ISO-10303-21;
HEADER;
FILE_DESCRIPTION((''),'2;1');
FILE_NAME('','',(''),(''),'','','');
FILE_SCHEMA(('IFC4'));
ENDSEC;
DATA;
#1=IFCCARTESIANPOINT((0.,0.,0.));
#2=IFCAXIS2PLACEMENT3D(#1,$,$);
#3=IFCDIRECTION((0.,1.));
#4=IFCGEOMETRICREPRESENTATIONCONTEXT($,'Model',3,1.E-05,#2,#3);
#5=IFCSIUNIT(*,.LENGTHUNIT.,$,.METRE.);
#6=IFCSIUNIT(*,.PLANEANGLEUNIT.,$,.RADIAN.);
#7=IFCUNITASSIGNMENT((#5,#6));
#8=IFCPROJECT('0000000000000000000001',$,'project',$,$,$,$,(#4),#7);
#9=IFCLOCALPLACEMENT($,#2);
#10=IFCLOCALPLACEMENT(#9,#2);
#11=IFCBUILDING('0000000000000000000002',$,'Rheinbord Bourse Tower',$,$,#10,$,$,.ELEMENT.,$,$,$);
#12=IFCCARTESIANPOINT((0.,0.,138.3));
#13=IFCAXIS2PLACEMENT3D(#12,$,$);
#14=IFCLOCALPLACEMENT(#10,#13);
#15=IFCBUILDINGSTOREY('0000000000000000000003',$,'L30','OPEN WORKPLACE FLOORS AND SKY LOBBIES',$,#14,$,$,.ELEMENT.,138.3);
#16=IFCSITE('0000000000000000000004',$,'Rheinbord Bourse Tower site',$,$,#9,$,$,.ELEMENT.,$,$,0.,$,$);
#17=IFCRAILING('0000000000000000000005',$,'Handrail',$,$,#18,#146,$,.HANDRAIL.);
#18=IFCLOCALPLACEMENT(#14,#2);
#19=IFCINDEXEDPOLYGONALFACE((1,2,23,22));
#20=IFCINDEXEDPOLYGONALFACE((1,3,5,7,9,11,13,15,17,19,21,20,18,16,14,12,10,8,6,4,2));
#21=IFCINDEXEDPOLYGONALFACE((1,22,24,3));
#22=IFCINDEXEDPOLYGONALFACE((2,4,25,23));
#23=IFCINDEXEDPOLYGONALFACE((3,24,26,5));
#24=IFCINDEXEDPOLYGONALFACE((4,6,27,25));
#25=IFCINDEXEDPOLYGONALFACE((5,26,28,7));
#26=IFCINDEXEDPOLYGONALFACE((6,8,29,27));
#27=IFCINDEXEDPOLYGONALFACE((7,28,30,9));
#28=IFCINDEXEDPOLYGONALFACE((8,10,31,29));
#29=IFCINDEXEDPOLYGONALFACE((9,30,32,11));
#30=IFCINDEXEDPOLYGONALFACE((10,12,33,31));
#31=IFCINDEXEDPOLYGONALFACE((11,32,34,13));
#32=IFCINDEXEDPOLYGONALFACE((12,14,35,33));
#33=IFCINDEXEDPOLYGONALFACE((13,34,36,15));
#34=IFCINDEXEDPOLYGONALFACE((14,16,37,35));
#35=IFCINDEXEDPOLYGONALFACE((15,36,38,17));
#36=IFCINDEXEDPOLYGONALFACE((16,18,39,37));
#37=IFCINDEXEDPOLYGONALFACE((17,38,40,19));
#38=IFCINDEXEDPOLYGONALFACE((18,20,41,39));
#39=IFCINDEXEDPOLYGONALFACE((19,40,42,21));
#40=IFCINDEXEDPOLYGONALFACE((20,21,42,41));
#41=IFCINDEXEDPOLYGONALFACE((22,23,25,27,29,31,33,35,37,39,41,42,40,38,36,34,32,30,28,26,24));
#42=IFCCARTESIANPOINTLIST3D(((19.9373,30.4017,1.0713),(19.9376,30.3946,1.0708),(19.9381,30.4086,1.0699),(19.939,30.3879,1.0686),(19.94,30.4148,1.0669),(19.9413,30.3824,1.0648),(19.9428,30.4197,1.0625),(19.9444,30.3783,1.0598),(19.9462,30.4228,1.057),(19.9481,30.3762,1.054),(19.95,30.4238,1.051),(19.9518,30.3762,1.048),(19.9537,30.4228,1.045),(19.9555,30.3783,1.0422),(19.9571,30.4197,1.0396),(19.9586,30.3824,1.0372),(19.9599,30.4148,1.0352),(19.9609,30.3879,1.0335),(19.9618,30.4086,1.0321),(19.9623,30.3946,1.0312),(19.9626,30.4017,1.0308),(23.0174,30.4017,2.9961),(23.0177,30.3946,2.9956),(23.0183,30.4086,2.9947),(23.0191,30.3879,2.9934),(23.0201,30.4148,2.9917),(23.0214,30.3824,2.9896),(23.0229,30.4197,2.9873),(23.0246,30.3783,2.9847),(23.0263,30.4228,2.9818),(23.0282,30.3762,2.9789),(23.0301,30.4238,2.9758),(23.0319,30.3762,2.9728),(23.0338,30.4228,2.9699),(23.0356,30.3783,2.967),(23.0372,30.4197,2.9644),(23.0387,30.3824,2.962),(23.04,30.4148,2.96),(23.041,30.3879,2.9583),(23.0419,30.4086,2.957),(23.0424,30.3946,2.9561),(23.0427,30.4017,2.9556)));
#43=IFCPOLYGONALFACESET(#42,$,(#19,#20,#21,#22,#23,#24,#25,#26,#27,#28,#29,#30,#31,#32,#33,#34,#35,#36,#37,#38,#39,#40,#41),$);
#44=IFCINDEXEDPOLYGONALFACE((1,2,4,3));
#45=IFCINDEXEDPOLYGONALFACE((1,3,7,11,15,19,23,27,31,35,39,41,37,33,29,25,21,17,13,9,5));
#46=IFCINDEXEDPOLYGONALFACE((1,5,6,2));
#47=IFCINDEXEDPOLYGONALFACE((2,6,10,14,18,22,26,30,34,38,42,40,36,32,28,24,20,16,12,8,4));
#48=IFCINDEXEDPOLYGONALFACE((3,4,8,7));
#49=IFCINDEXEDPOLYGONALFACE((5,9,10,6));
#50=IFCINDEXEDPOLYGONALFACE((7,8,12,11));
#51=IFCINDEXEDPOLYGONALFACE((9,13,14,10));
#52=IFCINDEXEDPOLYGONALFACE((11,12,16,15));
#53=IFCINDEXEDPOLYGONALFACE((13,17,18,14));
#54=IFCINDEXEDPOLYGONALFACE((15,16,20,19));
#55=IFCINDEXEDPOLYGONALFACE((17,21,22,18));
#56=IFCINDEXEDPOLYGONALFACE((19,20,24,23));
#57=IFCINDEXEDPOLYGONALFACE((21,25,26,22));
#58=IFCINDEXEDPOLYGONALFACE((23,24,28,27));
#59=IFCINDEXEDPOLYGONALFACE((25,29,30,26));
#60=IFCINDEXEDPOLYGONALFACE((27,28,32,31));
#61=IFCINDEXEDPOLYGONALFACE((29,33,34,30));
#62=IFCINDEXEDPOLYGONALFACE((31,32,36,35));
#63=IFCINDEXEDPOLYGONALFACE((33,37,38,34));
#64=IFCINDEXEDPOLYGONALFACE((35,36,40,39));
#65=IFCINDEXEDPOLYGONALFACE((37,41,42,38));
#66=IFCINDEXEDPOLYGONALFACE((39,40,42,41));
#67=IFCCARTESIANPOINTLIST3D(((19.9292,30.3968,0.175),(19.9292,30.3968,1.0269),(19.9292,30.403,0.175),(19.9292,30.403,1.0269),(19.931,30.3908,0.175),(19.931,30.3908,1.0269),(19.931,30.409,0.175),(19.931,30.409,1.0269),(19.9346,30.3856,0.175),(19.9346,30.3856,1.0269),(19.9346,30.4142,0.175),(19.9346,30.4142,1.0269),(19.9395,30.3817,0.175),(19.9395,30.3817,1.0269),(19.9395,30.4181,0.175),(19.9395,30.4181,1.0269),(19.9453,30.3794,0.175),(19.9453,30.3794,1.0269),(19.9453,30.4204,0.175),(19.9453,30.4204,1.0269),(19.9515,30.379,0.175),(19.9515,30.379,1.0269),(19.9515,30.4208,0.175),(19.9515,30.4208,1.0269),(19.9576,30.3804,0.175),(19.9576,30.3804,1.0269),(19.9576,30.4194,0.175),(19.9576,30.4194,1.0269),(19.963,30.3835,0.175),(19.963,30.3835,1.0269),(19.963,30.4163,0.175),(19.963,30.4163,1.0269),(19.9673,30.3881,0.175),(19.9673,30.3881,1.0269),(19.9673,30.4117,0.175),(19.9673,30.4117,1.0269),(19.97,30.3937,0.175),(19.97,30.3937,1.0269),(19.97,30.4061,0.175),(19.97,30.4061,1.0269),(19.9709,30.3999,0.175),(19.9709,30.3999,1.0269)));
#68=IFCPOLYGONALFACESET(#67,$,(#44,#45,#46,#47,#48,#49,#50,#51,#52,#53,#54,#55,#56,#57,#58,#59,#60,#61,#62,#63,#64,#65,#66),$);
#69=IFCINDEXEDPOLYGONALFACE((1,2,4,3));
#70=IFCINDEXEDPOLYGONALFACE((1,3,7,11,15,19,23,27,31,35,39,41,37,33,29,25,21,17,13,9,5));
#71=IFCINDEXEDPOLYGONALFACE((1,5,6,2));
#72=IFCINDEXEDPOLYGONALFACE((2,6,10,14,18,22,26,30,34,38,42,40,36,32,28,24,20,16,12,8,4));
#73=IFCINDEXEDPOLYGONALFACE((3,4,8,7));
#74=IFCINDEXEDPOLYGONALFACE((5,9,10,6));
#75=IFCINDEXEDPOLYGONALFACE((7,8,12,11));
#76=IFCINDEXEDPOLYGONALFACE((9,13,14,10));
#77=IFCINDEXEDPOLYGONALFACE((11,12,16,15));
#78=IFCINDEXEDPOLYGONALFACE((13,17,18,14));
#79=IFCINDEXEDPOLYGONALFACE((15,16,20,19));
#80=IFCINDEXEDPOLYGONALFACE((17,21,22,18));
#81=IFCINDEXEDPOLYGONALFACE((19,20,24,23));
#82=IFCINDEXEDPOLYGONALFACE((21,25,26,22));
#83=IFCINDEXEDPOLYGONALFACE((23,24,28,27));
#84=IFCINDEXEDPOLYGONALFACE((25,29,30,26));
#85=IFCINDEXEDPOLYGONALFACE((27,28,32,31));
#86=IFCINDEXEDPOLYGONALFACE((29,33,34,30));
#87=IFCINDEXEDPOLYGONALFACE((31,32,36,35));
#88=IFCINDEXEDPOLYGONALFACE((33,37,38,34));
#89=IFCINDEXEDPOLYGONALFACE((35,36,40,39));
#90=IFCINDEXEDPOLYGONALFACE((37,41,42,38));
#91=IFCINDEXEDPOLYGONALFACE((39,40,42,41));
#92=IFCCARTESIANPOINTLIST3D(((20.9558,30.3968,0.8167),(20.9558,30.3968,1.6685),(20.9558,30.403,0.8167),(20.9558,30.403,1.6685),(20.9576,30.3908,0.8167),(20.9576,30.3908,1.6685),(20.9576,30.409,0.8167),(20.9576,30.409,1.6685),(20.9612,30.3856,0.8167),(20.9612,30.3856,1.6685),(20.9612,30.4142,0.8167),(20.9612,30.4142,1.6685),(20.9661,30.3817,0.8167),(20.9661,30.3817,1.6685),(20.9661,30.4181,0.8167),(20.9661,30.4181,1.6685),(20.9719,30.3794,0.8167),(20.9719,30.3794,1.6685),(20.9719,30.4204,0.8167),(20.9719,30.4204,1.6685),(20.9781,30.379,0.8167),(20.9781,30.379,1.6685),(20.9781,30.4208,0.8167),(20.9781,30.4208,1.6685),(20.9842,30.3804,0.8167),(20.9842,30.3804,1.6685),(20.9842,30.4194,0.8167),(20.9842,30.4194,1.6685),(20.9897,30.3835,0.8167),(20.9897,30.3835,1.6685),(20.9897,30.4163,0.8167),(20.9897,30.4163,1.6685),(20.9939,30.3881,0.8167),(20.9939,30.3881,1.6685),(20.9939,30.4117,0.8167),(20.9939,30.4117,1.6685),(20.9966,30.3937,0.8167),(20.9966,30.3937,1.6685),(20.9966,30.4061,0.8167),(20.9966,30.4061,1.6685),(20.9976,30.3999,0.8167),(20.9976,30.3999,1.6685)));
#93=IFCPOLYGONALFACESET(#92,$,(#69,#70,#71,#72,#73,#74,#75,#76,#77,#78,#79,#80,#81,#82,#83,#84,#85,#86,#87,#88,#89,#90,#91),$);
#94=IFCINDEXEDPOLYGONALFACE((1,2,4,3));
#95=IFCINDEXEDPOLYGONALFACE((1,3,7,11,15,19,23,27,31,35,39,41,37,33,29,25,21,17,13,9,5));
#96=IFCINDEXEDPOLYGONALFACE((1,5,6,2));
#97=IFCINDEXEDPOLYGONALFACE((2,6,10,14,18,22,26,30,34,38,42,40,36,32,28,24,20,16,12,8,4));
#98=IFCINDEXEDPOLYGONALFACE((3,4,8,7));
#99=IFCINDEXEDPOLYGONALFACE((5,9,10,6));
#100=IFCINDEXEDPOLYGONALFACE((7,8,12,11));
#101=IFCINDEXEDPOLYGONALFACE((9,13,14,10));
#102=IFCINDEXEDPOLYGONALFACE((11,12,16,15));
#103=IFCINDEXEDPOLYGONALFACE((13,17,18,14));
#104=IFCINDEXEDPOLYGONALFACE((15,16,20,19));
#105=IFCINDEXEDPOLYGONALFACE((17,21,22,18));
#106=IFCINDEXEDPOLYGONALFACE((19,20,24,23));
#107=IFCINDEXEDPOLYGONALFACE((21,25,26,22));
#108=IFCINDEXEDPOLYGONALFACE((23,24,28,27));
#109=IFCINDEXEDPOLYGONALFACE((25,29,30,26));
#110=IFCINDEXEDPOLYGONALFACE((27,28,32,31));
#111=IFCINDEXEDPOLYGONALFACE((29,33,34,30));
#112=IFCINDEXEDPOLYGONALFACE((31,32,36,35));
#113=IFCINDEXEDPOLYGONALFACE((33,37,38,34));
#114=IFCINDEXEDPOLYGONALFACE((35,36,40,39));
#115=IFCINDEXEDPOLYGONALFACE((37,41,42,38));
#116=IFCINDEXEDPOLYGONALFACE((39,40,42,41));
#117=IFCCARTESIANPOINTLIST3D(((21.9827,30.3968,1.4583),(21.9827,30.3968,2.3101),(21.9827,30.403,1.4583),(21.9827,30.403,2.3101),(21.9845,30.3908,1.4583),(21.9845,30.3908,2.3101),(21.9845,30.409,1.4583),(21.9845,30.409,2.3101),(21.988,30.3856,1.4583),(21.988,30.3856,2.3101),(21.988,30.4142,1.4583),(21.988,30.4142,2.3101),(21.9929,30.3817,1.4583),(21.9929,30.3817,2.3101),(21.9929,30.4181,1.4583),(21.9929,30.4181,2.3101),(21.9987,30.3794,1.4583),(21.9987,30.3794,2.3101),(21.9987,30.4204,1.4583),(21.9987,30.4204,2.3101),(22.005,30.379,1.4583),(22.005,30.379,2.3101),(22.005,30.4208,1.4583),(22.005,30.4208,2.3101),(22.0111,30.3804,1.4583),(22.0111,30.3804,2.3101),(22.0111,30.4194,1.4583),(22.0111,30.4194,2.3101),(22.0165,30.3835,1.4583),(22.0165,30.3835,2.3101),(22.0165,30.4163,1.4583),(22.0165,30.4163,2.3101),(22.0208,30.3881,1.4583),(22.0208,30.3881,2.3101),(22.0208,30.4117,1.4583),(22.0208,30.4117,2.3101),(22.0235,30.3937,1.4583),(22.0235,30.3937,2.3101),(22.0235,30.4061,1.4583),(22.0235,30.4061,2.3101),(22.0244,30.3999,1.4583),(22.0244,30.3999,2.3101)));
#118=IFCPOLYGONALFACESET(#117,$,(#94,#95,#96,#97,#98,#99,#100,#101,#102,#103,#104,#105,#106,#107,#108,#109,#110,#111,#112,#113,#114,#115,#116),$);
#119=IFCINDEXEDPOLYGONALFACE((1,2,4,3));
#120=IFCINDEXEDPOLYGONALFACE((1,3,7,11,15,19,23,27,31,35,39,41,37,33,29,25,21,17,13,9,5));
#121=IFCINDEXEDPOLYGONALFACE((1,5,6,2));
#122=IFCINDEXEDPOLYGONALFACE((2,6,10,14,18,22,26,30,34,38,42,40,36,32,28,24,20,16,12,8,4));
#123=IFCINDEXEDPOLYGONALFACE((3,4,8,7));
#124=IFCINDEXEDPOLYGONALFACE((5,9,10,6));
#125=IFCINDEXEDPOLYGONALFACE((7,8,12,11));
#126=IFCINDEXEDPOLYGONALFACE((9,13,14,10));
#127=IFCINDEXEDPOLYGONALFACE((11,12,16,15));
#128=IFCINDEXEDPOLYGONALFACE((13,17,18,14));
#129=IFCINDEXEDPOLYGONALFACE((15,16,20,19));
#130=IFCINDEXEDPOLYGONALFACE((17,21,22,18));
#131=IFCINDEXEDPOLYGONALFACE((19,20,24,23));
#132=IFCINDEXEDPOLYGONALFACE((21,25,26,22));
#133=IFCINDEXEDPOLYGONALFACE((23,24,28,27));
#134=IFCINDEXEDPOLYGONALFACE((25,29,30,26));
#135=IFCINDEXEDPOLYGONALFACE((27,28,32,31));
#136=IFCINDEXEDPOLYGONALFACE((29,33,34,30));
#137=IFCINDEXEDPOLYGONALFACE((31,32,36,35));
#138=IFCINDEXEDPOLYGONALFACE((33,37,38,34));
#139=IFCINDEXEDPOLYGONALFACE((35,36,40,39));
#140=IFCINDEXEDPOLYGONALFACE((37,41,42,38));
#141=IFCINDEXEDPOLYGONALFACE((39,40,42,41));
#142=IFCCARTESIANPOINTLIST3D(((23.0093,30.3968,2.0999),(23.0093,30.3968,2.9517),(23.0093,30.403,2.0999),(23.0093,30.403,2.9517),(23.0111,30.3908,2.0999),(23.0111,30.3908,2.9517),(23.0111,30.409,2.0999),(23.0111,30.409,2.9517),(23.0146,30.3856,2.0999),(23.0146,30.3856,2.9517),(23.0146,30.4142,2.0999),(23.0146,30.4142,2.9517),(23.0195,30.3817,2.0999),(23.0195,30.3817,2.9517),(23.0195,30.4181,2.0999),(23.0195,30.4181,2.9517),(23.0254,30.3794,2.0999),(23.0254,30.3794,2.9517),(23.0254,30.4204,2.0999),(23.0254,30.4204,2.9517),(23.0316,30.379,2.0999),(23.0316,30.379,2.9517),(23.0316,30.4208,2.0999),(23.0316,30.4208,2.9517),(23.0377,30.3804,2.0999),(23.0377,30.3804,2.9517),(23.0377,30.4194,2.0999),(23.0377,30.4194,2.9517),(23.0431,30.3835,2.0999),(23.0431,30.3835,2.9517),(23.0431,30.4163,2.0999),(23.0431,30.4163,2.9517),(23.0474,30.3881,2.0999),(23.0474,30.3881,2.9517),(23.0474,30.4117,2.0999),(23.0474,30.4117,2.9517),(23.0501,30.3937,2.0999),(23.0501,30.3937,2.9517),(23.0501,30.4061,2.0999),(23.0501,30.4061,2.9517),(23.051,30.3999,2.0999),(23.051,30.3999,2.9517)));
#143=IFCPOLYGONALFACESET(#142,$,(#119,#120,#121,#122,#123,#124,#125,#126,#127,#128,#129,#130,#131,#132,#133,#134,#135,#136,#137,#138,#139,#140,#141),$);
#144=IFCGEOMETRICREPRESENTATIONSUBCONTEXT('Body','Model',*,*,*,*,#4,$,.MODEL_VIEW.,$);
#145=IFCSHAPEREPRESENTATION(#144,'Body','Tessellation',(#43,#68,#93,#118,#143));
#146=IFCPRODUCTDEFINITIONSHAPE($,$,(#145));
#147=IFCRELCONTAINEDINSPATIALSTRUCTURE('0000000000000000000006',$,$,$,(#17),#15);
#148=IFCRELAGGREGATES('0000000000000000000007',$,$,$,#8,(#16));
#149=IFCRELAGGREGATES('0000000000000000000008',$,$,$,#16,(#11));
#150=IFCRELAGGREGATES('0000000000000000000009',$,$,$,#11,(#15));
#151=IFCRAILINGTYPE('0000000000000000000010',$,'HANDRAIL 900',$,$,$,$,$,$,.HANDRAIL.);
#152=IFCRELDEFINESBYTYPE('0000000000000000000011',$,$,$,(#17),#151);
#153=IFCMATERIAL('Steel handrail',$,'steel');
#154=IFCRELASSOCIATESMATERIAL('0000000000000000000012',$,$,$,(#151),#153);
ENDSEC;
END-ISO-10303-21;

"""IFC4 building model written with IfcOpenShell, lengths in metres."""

from ifc_helpers import new_model, si_unit, direction, frame, origin, origin_2d, place, context, subcontext, project, spatial, circle, extrude, material, type_object, element, save


model = new_model("IFC4")

# Units and contexts
model_context = context("Model", 3, precision=1e-05, world=origin(), true_north=direction((0.0, 1.0)))
body_context = subcontext(model_context, "Body", "Model", "MODEL_VIEW")
ifc_project = project(units=[si_unit("LENGTHUNIT", "METRE"), si_unit("PLANEANGLEUNIT", "RADIAN")], contexts=[model_context])

# Site, building, storey
site_placement = place(None, origin())
site = spatial("IfcSite", under=ifc_project, at=site_placement, Name="Rheinbord Bourse Tower site", CompositionType="ELEMENT", RefElevation=0.0)
building_placement = place(site_placement, origin())
building = spatial("IfcBuilding", under=site, at=building_placement, Name="Rheinbord Bourse Tower", CompositionType="ELEMENT")
storey_placement = place(building_placement, frame((0.0, 0.0, 138.3)))
storey = spatial("IfcBuildingStorey", under=building, at=storey_placement, Name="L30", Description="OPEN WORKPLACE FLOORS AND SKY LOBBIES", CompositionType="ELEMENT", Elevation=138.3)

# Railing
ifc_material_1 = material(Name="Steel handrail", Category="steel")
railing_type = type_object("IfcRailingType", Name="HANDRAIL 900", PredefinedType="HANDRAIL", material=ifc_material_1)
railing_1_placement = place(storey_placement, frame((19.95, 30.3999, 0.175)))
element("IfcRailing", 1, at=railing_1_placement, inside=storey, type_object=railing_type, Name="Handrail", PredefinedType="HANDRAIL", context=body_context, shape_type="SweptSolid", body=[
    extrude(circle(Radius=0.0239, at=origin_2d()), frame((0.0, 0.0, 0.876), z_axis=(0.848029, 0.0, 0.529951), x_axis=(0.0, 1.0, 0.0)), (0.0, 0.0, 1.0), 3.6321),
    extrude(circle(Radius=0.021, at=origin_2d()), origin(), (0.0, 0.0, 1.0), 0.8518),
    extrude(circle(Radius=0.021, at=origin_2d()), frame((1.0266, 0.0, 0.6416)), (0.0, 0.0, 1.0), 0.8518),
    extrude(circle(Radius=0.021, at=origin_2d()), frame((2.0535, 0.0, 1.2832)), (0.0, 0.0, 1.0), 0.8518),
    extrude(circle(Radius=0.021, at=origin_2d()), frame((3.0801, 0.0, 1.9248)), (0.0, 0.0, 1.0), 0.8518),
])

save(model, "model.ifc")
